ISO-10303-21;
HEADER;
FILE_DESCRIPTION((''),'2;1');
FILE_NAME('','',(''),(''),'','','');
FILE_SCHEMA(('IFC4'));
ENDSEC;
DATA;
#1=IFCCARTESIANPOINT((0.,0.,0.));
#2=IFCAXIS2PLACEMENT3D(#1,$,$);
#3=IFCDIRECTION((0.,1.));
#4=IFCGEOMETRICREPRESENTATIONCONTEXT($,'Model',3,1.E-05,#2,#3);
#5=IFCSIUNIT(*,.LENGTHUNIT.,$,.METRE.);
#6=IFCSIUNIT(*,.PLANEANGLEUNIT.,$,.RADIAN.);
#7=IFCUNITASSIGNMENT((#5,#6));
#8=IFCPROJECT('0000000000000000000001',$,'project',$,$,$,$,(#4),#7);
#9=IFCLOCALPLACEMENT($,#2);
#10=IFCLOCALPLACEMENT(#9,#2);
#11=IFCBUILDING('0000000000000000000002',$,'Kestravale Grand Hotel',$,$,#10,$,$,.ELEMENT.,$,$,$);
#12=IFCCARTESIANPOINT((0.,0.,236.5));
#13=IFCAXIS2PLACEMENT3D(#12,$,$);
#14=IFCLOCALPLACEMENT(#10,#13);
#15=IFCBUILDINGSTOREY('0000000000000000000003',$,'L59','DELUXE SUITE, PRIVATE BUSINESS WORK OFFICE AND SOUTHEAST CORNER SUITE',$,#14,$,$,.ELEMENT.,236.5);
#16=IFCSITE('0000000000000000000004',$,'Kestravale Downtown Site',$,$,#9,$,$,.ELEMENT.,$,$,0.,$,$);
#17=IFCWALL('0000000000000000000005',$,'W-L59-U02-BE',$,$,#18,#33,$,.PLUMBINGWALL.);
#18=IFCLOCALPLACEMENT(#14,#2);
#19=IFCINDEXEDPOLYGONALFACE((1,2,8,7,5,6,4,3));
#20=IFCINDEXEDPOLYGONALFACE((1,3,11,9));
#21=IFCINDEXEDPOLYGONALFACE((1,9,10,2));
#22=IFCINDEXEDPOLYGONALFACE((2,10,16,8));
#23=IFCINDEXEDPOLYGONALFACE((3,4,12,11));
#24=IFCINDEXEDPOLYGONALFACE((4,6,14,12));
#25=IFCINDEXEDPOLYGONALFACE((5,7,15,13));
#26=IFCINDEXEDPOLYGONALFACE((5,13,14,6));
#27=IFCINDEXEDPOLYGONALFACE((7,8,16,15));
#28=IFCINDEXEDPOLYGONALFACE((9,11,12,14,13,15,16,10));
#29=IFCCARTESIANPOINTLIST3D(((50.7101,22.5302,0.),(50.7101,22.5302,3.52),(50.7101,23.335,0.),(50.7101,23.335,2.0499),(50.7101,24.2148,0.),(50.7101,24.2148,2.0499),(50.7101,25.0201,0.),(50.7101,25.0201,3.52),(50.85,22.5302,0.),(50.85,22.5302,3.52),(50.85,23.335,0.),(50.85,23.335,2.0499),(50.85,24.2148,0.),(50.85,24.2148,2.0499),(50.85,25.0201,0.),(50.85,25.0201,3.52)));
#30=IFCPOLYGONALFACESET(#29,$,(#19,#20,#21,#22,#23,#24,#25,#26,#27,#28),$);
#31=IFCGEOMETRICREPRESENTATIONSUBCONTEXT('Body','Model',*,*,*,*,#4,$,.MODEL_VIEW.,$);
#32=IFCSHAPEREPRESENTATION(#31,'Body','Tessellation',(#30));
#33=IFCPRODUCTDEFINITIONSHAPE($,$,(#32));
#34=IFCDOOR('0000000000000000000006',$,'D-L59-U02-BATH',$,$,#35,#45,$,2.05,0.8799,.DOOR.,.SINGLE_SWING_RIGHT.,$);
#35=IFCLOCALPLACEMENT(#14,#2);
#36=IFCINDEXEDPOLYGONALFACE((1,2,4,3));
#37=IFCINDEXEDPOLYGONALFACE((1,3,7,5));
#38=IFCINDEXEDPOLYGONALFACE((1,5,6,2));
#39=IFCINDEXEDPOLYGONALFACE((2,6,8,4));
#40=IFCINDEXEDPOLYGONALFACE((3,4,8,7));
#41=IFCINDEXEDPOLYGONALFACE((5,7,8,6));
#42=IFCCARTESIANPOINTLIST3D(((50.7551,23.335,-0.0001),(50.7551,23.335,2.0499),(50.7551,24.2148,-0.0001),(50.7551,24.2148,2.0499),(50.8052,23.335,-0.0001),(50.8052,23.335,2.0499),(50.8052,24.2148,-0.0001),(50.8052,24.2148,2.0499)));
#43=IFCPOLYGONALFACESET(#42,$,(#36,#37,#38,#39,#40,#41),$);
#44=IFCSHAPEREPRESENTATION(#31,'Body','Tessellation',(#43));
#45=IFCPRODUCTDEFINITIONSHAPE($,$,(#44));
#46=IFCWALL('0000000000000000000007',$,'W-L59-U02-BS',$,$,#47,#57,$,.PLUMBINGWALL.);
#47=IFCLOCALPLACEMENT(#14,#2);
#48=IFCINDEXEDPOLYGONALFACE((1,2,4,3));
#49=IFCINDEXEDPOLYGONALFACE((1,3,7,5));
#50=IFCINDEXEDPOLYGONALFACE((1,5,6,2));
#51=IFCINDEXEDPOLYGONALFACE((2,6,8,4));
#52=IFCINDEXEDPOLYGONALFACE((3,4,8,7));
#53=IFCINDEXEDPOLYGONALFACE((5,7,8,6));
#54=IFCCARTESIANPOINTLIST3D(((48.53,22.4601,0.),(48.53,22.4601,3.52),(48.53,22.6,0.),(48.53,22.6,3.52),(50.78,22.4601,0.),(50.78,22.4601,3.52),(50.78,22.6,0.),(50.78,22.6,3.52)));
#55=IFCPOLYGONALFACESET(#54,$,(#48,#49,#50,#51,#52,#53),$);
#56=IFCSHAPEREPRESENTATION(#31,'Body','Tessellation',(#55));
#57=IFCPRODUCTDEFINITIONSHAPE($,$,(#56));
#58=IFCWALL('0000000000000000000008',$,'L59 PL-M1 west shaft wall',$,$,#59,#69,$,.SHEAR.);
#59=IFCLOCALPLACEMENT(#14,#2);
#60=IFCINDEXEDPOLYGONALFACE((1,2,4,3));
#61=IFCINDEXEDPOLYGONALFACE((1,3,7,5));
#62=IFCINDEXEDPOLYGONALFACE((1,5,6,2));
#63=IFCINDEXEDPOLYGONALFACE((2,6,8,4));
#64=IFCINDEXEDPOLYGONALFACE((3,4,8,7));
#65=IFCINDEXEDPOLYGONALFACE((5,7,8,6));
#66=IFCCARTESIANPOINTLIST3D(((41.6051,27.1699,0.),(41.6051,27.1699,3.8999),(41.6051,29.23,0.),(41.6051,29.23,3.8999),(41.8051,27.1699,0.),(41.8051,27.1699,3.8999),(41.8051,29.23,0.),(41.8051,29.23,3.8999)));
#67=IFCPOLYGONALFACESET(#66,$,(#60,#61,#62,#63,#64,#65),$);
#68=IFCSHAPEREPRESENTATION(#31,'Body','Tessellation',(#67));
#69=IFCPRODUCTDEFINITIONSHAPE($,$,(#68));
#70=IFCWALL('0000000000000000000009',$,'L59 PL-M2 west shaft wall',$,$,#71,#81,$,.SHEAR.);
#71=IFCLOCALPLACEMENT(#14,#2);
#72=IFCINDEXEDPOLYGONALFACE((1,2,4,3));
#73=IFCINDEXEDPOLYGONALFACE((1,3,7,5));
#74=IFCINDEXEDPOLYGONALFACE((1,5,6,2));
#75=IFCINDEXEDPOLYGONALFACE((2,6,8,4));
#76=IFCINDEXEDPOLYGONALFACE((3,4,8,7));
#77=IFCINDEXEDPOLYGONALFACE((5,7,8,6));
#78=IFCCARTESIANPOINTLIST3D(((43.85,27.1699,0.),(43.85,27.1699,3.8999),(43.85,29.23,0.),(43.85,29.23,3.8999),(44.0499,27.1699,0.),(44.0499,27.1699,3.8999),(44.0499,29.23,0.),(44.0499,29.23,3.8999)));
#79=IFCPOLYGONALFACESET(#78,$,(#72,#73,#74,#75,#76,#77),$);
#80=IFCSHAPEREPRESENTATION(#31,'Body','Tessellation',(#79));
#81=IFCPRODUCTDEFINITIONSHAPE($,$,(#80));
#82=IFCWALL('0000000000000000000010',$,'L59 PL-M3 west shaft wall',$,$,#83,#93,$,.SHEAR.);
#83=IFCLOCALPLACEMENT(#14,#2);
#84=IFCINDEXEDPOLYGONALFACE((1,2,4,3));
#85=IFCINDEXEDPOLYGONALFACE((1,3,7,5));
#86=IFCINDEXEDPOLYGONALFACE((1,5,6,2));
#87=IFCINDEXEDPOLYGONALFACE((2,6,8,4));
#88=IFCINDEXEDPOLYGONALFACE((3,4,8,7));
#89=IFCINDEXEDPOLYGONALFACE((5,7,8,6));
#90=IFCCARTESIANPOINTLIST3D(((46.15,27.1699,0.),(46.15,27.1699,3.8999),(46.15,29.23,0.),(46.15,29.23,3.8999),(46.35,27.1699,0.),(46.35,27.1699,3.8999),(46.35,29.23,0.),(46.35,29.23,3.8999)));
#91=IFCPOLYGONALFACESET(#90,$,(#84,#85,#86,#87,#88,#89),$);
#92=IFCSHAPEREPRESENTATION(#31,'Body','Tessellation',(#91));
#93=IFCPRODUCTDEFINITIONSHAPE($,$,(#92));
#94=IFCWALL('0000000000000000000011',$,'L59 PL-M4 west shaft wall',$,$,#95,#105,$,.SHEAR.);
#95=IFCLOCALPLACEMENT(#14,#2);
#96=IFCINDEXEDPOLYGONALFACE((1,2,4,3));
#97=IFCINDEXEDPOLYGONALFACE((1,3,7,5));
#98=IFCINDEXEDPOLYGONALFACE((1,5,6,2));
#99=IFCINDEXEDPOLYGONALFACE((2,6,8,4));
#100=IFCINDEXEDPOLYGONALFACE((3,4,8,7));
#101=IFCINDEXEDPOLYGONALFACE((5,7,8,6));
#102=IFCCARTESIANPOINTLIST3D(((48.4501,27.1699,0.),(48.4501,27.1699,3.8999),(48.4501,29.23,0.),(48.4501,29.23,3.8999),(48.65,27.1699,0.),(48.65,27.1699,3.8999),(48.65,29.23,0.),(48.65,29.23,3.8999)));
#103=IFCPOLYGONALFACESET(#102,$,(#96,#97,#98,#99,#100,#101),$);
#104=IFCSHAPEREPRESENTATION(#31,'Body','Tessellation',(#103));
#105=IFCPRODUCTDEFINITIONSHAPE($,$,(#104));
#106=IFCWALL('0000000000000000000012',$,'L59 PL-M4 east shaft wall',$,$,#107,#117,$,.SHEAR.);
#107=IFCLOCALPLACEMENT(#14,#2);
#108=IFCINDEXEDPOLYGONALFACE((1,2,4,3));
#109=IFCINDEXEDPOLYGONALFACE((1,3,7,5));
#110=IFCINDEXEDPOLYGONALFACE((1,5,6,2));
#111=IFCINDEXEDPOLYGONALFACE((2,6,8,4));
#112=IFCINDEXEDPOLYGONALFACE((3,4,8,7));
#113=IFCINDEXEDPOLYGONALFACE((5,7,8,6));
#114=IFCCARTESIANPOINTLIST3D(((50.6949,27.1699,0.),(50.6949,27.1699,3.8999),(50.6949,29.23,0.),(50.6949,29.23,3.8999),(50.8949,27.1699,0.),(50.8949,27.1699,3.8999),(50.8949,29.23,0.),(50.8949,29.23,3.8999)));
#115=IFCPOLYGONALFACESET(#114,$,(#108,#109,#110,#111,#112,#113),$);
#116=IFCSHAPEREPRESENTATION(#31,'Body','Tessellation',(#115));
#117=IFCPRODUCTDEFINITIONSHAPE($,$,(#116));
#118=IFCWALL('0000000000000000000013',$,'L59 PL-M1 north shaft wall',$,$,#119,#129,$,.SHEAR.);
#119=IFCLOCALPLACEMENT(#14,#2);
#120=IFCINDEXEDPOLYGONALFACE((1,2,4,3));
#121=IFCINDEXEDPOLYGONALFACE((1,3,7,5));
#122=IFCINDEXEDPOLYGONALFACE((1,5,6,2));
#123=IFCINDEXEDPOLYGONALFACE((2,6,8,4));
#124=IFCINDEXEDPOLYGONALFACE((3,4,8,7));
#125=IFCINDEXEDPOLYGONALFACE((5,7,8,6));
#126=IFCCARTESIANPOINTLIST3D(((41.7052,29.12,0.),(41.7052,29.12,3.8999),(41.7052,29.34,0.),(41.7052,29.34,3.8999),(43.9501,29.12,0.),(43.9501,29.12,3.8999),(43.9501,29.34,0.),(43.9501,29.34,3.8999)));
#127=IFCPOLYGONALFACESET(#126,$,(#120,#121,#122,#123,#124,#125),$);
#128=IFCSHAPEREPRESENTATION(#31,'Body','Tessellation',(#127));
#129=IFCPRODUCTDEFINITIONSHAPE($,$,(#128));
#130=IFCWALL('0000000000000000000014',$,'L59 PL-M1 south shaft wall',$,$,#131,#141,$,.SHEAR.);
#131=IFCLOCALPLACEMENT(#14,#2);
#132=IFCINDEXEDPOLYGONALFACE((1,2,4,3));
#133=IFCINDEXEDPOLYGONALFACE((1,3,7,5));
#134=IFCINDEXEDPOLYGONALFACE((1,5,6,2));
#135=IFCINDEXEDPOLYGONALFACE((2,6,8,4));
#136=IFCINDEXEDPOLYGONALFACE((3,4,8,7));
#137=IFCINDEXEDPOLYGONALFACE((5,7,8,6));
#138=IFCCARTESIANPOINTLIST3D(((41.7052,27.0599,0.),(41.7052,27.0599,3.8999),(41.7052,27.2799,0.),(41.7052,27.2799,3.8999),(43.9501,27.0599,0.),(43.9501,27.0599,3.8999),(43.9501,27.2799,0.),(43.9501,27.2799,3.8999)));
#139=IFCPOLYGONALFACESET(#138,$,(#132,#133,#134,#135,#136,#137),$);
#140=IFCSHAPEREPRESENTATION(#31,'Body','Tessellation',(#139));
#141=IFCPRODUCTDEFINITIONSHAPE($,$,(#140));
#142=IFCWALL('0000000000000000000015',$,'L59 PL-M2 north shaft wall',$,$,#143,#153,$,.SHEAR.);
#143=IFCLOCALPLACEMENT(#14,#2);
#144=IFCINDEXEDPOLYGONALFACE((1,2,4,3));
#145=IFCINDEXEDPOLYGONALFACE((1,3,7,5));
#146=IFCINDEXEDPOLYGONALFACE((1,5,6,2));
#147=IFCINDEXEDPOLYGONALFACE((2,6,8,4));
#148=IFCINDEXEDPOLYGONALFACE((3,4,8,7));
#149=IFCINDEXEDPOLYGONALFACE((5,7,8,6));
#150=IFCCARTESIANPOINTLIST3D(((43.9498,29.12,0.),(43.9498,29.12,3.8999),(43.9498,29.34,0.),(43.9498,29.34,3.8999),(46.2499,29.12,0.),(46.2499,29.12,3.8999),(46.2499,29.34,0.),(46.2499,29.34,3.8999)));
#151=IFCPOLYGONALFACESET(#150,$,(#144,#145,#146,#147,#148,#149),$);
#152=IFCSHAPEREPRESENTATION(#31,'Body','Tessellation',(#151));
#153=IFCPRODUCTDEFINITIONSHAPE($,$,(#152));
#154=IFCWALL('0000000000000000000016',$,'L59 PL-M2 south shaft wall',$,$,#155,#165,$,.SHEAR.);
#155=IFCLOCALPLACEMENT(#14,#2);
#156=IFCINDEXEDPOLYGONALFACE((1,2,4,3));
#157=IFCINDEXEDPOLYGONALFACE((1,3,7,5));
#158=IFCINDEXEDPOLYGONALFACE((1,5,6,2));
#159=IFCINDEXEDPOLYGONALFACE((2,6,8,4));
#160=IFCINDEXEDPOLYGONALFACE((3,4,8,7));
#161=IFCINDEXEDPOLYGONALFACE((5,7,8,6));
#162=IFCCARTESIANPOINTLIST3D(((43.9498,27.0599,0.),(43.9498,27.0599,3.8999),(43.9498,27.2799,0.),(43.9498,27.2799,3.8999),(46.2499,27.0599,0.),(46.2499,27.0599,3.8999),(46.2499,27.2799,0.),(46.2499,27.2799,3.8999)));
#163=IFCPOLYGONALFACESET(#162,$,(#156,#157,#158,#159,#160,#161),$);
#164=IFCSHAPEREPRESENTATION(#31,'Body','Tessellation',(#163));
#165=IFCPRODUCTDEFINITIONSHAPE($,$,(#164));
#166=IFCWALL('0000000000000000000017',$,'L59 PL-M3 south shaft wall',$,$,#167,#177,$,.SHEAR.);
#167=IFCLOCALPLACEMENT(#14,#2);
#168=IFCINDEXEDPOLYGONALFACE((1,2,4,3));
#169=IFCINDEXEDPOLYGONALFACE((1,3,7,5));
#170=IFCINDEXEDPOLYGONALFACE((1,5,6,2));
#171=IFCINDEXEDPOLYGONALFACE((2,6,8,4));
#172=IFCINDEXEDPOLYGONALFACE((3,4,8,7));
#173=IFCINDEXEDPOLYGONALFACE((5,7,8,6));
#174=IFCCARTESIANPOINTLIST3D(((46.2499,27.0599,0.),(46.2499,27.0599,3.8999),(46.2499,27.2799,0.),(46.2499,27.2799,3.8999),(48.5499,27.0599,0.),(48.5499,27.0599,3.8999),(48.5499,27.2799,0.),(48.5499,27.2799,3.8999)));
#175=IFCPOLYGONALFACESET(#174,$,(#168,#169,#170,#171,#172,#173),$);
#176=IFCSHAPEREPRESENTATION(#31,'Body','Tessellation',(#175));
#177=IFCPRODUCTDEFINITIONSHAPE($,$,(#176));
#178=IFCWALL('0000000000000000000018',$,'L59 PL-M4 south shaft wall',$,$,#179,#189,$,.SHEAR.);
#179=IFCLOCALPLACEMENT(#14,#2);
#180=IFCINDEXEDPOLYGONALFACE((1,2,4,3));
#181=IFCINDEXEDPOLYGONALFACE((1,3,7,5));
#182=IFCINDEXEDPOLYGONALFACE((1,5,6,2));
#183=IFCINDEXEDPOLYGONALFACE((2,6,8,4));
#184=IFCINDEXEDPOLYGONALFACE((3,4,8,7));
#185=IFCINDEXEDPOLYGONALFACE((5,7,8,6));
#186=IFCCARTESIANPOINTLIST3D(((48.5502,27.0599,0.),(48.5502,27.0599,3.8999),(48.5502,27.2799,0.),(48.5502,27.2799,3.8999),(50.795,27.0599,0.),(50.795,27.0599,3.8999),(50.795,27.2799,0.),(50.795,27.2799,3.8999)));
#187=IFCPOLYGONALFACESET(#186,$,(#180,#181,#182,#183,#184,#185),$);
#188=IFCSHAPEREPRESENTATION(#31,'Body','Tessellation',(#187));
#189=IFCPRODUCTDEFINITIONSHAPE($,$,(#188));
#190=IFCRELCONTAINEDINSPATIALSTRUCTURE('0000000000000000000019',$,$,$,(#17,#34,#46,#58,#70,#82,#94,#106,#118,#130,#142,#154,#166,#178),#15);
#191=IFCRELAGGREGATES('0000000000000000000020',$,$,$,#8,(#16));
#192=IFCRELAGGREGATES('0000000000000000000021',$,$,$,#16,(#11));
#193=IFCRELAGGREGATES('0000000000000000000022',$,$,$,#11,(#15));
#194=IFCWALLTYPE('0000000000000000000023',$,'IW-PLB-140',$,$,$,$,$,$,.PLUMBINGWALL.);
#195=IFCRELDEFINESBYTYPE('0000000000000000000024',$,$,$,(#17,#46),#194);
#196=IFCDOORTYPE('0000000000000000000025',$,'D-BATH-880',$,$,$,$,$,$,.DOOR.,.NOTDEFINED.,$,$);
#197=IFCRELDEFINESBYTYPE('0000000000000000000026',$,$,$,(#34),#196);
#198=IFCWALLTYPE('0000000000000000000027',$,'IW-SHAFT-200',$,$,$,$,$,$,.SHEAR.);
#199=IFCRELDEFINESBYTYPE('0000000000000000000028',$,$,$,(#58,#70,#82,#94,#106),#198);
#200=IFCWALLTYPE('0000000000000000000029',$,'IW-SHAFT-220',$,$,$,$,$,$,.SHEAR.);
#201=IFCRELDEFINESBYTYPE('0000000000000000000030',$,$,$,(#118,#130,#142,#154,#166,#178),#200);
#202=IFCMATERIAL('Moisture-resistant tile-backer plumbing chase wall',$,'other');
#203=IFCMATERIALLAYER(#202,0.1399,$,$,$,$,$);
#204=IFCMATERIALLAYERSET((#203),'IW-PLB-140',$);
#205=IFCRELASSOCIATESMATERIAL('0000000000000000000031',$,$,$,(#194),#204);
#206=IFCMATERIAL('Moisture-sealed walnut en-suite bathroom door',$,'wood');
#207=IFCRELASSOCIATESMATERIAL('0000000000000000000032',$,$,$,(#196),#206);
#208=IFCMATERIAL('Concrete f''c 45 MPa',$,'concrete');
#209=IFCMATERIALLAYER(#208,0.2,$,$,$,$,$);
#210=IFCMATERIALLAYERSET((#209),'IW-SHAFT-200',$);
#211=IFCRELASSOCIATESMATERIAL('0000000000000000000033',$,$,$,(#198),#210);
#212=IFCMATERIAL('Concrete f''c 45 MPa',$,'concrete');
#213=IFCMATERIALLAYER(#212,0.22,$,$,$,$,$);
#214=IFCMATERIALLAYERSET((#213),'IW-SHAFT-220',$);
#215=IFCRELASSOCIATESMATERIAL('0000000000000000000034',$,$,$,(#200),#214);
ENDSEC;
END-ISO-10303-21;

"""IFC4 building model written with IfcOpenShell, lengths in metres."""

from ifc_helpers import new_model, si_unit, direction, frame, frame_2d, origin, place, context, subcontext, project, spatial, rectangle, extrude, material, layer, layer_set, type_object, element, fill, save


model = new_model("IFC4")

# Units and contexts
model_context = context("Model", 3, precision=1e-05, world=origin(), true_north=direction((0.0, 1.0)))
body_context = subcontext(model_context, "Body", "Model", "MODEL_VIEW")
ifc_project = project(units=[si_unit("LENGTHUNIT", "METRE"), si_unit("PLANEANGLEUNIT", "RADIAN")], contexts=[model_context])

# Site, building, storey
site_placement = place(None, origin())
site = spatial("IfcSite", under=ifc_project, at=site_placement, Name="Kestravale Downtown Site", CompositionType="ELEMENT", RefElevation=0.0)
building_placement = place(site_placement, origin())
building = spatial("IfcBuilding", under=site, at=building_placement, Name="Kestravale Grand Hotel", CompositionType="ELEMENT")
storey_placement = place(building_placement, frame((0.0, 0.0, 236.5)))
storey = spatial("IfcBuildingStorey", under=building, at=storey_placement, Name="L59", Description="DELUXE SUITE, PRIVATE BUSINESS WORK OFFICE AND SOUTHEAST CORNER SUITE", CompositionType="ELEMENT", Elevation=236.5)

# Shared definitions
ifc_material_1 = material(Name="Moisture-resistant tile-backer plumbing chase wall", Category="other")
ifc_layer_1 = layer(ifc_material_1, 0.1399)
ifc_layer_set_1 = layer_set([ifc_layer_1], Name="IW-PLB-140")
wall_type_1 = type_object("IfcWallType", Name="IW-PLB-140", PredefinedType="PLUMBINGWALL", material=ifc_layer_set_1)
ifc_material_2 = material(Name="Moisture-sealed walnut en-suite bathroom door", Category="wood")
door_type = type_object("IfcDoorType", Name="D-BATH-880", OperationType="NOTDEFINED", PredefinedType="DOOR", material=ifc_material_2)

# Wall, opening, door
wall_1_placement = place(storey_placement, frame((50.78, 22.53, 0.0), z_axis=(0.0, 0.0, 1.0), x_axis=(0.0, 1.0, 0.0)))
wall_1 = element("IfcWall", 1, at=wall_1_placement, inside=storey, type_object=wall_type_1, Name="W-L59-U02-BE", PredefinedType="PLUMBINGWALL", context=body_context, shape_type="SweptSolid", body=[
    extrude(rectangle(XDim=2.49, YDim=0.1399, at=frame_2d((1.2451, 0.0))), origin(), (0.0, 0.0, 1.0), 3.52),
])
opening_1_placement = place(wall_1_placement, frame((0.8049, 0.0, 0.0)))
opening_1 = element("IfcOpeningElement", 2, at=opening_1_placement, cuts=wall_1, PredefinedType="OPENING", context=body_context, shape_type="SweptSolid", body=[
    extrude(rectangle(XDim=0.8799, YDim=2.05, at=frame_2d((0.4399, 1.0249))), frame((0.0, 0.0798, 0.0), z_axis=(0.0, -1.0, 0.0), x_axis=(1.0, 0.0, 0.0)), (0.0, 0.0, 1.0), 0.1599),
])
door_1_placement = place(opening_1_placement, origin())
door_1 = element("IfcDoor", 3, at=door_1_placement, inside=storey, type_object=door_type, Name="D-L59-U02-BATH", OperationType="SINGLE_SWING_RIGHT", OverallHeight=2.05, OverallWidth=0.8799, PredefinedType="DOOR", context=body_context, shape_type="SweptSolid", body=[
    extrude(rectangle(XDim=0.8799, YDim=2.05, at=frame_2d((0.4399, 1.0249))), frame((0.0, 0.0249, 0.0), z_axis=(0.0, -1.0, 0.0), x_axis=(1.0, 0.0, 0.0)), (0.0, 0.0, 1.0), 0.05),
])
fill(opening_1, door_1)

# Walls
wall_2_placement = place(storey_placement, frame((48.53, 22.53, 0.0), z_axis=(0.0, 0.0, 1.0), x_axis=(1.0, 0.0, 0.0)))
element("IfcWall", 4, at=wall_2_placement, inside=storey, type_object=wall_type_1, Name="W-L59-U02-BS", PredefinedType="PLUMBINGWALL", context=body_context, shape_type="SweptSolid", body=[
    extrude(rectangle(XDim=2.25, YDim=0.1399, at=frame_2d((1.125, 0.0))), origin(), (0.0, 0.0, 1.0), 3.52),
])
ifc_material_3 = material(Name="Concrete f'c 45 MPa", Category="concrete")
ifc_layer_2 = layer(ifc_material_3, 0.2)
ifc_layer_set_2 = layer_set([ifc_layer_2], Name="IW-SHAFT-200")
wall_type_2 = type_object("IfcWallType", Name="IW-SHAFT-200", PredefinedType="SHEAR", material=ifc_layer_set_2)
for number, where, z_axis, x_axis, name in (
    (5, (41.7051, 27.1699, 0.0), (0.0, 0.0, 1.0), (0.0, 1.0, 0.0), "L59 PL-M1 west shaft wall"),
    (6, (43.95, 27.1699, 0.0), (0.0, 0.0, 1.0), (0.0, 1.0, 0.0), "L59 PL-M2 west shaft wall"),
    (7, (46.25, 27.1699, 0.0), (0.0, 0.0, 1.0), (0.0, 1.0, 0.0), "L59 PL-M3 west shaft wall"),
    (8, (48.55, 27.1699, 0.0), (0.0, 0.0, 1.0), (0.0, 1.0, 0.0), "L59 PL-M4 west shaft wall"),
    (9, (50.7949, 27.1699, 0.0), (0.0, 0.0, 1.0), (0.0, 1.0, 0.0), "L59 PL-M4 east shaft wall"),
):
    element("IfcWall", number, at=place(storey_placement, frame(where, z_axis=z_axis, x_axis=x_axis)), inside=storey, type_object=wall_type_2, Name=name, PredefinedType="SHEAR", context=body_context, shape_type="SweptSolid", body=[
        extrude(rectangle(XDim=2.0601, YDim=0.2, at=frame_2d((1.03, 0.0))), origin(), (0.0, 0.0, 1.0), 3.8999),
    ])
ifc_material_4 = material(Name="Concrete f'c 45 MPa", Category="concrete")
ifc_layer_3 = layer(ifc_material_4, 0.22)
ifc_layer_set_3 = layer_set([ifc_layer_3], Name="IW-SHAFT-220")
wall_type_3 = type_object("IfcWallType", Name="IW-SHAFT-220", PredefinedType="SHEAR", material=ifc_layer_set_3)
for number, where, z_axis, x_axis, name in (
    (10, (41.7051, 29.23, 0.0), (0.0, 0.0, 1.0), (1.0, 0.0, 0.0), "L59 PL-M1 north shaft wall"),
    (11, (41.7051, 27.1699, 0.0), (0.0, 0.0, 1.0), (1.0, 0.0, 0.0), "L59 PL-M1 south shaft wall"),
):
    element("IfcWall", number, at=place(storey_placement, frame(where, z_axis=z_axis, x_axis=x_axis)), inside=storey, type_object=wall_type_3, Name=name, PredefinedType="SHEAR", context=body_context, shape_type="SweptSolid", body=[
        extrude(rectangle(XDim=2.2449, YDim=0.22, at=frame_2d((1.1226, 0.0))), origin(), (0.0, 0.0, 1.0), 3.8999),
    ])
for number, where, z_axis, x_axis, name in (
    (12, (43.95, 29.23, 0.0), (0.0, 0.0, 1.0), (1.0, 0.0, 0.0), "L59 PL-M2 north shaft wall"),
    (13, (43.95, 27.1699, 0.0), (0.0, 0.0, 1.0), (1.0, 0.0, 0.0), "L59 PL-M2 south shaft wall"),
    (14, (46.25, 27.1699, 0.0), (0.0, 0.0, 1.0), (1.0, 0.0, 0.0), "L59 PL-M3 south shaft wall"),
):
    element("IfcWall", number, at=place(storey_placement, frame(where, z_axis=z_axis, x_axis=x_axis)), inside=storey, type_object=wall_type_3, Name=name, PredefinedType="SHEAR", context=body_context, shape_type="SweptSolid", body=[
        extrude(rectangle(XDim=2.3, YDim=0.22, at=frame_2d((1.1499, 0.0))), origin(), (0.0, 0.0, 1.0), 3.8999),
    ])
wall_3_placement = place(storey_placement, frame((48.55, 27.1699, 0.0), z_axis=(0.0, 0.0, 1.0), x_axis=(1.0, 0.0, 0.0)))
element("IfcWall", 15, at=wall_3_placement, inside=storey, type_object=wall_type_3, Name="L59 PL-M4 south shaft wall", PredefinedType="SHEAR", context=body_context, shape_type="SweptSolid", body=[
    extrude(rectangle(XDim=2.2449, YDim=0.22, at=frame_2d((1.1226, 0.0))), origin(), (0.0, 0.0, 1.0), 3.8999),
])

save(model, "model.ifc")
